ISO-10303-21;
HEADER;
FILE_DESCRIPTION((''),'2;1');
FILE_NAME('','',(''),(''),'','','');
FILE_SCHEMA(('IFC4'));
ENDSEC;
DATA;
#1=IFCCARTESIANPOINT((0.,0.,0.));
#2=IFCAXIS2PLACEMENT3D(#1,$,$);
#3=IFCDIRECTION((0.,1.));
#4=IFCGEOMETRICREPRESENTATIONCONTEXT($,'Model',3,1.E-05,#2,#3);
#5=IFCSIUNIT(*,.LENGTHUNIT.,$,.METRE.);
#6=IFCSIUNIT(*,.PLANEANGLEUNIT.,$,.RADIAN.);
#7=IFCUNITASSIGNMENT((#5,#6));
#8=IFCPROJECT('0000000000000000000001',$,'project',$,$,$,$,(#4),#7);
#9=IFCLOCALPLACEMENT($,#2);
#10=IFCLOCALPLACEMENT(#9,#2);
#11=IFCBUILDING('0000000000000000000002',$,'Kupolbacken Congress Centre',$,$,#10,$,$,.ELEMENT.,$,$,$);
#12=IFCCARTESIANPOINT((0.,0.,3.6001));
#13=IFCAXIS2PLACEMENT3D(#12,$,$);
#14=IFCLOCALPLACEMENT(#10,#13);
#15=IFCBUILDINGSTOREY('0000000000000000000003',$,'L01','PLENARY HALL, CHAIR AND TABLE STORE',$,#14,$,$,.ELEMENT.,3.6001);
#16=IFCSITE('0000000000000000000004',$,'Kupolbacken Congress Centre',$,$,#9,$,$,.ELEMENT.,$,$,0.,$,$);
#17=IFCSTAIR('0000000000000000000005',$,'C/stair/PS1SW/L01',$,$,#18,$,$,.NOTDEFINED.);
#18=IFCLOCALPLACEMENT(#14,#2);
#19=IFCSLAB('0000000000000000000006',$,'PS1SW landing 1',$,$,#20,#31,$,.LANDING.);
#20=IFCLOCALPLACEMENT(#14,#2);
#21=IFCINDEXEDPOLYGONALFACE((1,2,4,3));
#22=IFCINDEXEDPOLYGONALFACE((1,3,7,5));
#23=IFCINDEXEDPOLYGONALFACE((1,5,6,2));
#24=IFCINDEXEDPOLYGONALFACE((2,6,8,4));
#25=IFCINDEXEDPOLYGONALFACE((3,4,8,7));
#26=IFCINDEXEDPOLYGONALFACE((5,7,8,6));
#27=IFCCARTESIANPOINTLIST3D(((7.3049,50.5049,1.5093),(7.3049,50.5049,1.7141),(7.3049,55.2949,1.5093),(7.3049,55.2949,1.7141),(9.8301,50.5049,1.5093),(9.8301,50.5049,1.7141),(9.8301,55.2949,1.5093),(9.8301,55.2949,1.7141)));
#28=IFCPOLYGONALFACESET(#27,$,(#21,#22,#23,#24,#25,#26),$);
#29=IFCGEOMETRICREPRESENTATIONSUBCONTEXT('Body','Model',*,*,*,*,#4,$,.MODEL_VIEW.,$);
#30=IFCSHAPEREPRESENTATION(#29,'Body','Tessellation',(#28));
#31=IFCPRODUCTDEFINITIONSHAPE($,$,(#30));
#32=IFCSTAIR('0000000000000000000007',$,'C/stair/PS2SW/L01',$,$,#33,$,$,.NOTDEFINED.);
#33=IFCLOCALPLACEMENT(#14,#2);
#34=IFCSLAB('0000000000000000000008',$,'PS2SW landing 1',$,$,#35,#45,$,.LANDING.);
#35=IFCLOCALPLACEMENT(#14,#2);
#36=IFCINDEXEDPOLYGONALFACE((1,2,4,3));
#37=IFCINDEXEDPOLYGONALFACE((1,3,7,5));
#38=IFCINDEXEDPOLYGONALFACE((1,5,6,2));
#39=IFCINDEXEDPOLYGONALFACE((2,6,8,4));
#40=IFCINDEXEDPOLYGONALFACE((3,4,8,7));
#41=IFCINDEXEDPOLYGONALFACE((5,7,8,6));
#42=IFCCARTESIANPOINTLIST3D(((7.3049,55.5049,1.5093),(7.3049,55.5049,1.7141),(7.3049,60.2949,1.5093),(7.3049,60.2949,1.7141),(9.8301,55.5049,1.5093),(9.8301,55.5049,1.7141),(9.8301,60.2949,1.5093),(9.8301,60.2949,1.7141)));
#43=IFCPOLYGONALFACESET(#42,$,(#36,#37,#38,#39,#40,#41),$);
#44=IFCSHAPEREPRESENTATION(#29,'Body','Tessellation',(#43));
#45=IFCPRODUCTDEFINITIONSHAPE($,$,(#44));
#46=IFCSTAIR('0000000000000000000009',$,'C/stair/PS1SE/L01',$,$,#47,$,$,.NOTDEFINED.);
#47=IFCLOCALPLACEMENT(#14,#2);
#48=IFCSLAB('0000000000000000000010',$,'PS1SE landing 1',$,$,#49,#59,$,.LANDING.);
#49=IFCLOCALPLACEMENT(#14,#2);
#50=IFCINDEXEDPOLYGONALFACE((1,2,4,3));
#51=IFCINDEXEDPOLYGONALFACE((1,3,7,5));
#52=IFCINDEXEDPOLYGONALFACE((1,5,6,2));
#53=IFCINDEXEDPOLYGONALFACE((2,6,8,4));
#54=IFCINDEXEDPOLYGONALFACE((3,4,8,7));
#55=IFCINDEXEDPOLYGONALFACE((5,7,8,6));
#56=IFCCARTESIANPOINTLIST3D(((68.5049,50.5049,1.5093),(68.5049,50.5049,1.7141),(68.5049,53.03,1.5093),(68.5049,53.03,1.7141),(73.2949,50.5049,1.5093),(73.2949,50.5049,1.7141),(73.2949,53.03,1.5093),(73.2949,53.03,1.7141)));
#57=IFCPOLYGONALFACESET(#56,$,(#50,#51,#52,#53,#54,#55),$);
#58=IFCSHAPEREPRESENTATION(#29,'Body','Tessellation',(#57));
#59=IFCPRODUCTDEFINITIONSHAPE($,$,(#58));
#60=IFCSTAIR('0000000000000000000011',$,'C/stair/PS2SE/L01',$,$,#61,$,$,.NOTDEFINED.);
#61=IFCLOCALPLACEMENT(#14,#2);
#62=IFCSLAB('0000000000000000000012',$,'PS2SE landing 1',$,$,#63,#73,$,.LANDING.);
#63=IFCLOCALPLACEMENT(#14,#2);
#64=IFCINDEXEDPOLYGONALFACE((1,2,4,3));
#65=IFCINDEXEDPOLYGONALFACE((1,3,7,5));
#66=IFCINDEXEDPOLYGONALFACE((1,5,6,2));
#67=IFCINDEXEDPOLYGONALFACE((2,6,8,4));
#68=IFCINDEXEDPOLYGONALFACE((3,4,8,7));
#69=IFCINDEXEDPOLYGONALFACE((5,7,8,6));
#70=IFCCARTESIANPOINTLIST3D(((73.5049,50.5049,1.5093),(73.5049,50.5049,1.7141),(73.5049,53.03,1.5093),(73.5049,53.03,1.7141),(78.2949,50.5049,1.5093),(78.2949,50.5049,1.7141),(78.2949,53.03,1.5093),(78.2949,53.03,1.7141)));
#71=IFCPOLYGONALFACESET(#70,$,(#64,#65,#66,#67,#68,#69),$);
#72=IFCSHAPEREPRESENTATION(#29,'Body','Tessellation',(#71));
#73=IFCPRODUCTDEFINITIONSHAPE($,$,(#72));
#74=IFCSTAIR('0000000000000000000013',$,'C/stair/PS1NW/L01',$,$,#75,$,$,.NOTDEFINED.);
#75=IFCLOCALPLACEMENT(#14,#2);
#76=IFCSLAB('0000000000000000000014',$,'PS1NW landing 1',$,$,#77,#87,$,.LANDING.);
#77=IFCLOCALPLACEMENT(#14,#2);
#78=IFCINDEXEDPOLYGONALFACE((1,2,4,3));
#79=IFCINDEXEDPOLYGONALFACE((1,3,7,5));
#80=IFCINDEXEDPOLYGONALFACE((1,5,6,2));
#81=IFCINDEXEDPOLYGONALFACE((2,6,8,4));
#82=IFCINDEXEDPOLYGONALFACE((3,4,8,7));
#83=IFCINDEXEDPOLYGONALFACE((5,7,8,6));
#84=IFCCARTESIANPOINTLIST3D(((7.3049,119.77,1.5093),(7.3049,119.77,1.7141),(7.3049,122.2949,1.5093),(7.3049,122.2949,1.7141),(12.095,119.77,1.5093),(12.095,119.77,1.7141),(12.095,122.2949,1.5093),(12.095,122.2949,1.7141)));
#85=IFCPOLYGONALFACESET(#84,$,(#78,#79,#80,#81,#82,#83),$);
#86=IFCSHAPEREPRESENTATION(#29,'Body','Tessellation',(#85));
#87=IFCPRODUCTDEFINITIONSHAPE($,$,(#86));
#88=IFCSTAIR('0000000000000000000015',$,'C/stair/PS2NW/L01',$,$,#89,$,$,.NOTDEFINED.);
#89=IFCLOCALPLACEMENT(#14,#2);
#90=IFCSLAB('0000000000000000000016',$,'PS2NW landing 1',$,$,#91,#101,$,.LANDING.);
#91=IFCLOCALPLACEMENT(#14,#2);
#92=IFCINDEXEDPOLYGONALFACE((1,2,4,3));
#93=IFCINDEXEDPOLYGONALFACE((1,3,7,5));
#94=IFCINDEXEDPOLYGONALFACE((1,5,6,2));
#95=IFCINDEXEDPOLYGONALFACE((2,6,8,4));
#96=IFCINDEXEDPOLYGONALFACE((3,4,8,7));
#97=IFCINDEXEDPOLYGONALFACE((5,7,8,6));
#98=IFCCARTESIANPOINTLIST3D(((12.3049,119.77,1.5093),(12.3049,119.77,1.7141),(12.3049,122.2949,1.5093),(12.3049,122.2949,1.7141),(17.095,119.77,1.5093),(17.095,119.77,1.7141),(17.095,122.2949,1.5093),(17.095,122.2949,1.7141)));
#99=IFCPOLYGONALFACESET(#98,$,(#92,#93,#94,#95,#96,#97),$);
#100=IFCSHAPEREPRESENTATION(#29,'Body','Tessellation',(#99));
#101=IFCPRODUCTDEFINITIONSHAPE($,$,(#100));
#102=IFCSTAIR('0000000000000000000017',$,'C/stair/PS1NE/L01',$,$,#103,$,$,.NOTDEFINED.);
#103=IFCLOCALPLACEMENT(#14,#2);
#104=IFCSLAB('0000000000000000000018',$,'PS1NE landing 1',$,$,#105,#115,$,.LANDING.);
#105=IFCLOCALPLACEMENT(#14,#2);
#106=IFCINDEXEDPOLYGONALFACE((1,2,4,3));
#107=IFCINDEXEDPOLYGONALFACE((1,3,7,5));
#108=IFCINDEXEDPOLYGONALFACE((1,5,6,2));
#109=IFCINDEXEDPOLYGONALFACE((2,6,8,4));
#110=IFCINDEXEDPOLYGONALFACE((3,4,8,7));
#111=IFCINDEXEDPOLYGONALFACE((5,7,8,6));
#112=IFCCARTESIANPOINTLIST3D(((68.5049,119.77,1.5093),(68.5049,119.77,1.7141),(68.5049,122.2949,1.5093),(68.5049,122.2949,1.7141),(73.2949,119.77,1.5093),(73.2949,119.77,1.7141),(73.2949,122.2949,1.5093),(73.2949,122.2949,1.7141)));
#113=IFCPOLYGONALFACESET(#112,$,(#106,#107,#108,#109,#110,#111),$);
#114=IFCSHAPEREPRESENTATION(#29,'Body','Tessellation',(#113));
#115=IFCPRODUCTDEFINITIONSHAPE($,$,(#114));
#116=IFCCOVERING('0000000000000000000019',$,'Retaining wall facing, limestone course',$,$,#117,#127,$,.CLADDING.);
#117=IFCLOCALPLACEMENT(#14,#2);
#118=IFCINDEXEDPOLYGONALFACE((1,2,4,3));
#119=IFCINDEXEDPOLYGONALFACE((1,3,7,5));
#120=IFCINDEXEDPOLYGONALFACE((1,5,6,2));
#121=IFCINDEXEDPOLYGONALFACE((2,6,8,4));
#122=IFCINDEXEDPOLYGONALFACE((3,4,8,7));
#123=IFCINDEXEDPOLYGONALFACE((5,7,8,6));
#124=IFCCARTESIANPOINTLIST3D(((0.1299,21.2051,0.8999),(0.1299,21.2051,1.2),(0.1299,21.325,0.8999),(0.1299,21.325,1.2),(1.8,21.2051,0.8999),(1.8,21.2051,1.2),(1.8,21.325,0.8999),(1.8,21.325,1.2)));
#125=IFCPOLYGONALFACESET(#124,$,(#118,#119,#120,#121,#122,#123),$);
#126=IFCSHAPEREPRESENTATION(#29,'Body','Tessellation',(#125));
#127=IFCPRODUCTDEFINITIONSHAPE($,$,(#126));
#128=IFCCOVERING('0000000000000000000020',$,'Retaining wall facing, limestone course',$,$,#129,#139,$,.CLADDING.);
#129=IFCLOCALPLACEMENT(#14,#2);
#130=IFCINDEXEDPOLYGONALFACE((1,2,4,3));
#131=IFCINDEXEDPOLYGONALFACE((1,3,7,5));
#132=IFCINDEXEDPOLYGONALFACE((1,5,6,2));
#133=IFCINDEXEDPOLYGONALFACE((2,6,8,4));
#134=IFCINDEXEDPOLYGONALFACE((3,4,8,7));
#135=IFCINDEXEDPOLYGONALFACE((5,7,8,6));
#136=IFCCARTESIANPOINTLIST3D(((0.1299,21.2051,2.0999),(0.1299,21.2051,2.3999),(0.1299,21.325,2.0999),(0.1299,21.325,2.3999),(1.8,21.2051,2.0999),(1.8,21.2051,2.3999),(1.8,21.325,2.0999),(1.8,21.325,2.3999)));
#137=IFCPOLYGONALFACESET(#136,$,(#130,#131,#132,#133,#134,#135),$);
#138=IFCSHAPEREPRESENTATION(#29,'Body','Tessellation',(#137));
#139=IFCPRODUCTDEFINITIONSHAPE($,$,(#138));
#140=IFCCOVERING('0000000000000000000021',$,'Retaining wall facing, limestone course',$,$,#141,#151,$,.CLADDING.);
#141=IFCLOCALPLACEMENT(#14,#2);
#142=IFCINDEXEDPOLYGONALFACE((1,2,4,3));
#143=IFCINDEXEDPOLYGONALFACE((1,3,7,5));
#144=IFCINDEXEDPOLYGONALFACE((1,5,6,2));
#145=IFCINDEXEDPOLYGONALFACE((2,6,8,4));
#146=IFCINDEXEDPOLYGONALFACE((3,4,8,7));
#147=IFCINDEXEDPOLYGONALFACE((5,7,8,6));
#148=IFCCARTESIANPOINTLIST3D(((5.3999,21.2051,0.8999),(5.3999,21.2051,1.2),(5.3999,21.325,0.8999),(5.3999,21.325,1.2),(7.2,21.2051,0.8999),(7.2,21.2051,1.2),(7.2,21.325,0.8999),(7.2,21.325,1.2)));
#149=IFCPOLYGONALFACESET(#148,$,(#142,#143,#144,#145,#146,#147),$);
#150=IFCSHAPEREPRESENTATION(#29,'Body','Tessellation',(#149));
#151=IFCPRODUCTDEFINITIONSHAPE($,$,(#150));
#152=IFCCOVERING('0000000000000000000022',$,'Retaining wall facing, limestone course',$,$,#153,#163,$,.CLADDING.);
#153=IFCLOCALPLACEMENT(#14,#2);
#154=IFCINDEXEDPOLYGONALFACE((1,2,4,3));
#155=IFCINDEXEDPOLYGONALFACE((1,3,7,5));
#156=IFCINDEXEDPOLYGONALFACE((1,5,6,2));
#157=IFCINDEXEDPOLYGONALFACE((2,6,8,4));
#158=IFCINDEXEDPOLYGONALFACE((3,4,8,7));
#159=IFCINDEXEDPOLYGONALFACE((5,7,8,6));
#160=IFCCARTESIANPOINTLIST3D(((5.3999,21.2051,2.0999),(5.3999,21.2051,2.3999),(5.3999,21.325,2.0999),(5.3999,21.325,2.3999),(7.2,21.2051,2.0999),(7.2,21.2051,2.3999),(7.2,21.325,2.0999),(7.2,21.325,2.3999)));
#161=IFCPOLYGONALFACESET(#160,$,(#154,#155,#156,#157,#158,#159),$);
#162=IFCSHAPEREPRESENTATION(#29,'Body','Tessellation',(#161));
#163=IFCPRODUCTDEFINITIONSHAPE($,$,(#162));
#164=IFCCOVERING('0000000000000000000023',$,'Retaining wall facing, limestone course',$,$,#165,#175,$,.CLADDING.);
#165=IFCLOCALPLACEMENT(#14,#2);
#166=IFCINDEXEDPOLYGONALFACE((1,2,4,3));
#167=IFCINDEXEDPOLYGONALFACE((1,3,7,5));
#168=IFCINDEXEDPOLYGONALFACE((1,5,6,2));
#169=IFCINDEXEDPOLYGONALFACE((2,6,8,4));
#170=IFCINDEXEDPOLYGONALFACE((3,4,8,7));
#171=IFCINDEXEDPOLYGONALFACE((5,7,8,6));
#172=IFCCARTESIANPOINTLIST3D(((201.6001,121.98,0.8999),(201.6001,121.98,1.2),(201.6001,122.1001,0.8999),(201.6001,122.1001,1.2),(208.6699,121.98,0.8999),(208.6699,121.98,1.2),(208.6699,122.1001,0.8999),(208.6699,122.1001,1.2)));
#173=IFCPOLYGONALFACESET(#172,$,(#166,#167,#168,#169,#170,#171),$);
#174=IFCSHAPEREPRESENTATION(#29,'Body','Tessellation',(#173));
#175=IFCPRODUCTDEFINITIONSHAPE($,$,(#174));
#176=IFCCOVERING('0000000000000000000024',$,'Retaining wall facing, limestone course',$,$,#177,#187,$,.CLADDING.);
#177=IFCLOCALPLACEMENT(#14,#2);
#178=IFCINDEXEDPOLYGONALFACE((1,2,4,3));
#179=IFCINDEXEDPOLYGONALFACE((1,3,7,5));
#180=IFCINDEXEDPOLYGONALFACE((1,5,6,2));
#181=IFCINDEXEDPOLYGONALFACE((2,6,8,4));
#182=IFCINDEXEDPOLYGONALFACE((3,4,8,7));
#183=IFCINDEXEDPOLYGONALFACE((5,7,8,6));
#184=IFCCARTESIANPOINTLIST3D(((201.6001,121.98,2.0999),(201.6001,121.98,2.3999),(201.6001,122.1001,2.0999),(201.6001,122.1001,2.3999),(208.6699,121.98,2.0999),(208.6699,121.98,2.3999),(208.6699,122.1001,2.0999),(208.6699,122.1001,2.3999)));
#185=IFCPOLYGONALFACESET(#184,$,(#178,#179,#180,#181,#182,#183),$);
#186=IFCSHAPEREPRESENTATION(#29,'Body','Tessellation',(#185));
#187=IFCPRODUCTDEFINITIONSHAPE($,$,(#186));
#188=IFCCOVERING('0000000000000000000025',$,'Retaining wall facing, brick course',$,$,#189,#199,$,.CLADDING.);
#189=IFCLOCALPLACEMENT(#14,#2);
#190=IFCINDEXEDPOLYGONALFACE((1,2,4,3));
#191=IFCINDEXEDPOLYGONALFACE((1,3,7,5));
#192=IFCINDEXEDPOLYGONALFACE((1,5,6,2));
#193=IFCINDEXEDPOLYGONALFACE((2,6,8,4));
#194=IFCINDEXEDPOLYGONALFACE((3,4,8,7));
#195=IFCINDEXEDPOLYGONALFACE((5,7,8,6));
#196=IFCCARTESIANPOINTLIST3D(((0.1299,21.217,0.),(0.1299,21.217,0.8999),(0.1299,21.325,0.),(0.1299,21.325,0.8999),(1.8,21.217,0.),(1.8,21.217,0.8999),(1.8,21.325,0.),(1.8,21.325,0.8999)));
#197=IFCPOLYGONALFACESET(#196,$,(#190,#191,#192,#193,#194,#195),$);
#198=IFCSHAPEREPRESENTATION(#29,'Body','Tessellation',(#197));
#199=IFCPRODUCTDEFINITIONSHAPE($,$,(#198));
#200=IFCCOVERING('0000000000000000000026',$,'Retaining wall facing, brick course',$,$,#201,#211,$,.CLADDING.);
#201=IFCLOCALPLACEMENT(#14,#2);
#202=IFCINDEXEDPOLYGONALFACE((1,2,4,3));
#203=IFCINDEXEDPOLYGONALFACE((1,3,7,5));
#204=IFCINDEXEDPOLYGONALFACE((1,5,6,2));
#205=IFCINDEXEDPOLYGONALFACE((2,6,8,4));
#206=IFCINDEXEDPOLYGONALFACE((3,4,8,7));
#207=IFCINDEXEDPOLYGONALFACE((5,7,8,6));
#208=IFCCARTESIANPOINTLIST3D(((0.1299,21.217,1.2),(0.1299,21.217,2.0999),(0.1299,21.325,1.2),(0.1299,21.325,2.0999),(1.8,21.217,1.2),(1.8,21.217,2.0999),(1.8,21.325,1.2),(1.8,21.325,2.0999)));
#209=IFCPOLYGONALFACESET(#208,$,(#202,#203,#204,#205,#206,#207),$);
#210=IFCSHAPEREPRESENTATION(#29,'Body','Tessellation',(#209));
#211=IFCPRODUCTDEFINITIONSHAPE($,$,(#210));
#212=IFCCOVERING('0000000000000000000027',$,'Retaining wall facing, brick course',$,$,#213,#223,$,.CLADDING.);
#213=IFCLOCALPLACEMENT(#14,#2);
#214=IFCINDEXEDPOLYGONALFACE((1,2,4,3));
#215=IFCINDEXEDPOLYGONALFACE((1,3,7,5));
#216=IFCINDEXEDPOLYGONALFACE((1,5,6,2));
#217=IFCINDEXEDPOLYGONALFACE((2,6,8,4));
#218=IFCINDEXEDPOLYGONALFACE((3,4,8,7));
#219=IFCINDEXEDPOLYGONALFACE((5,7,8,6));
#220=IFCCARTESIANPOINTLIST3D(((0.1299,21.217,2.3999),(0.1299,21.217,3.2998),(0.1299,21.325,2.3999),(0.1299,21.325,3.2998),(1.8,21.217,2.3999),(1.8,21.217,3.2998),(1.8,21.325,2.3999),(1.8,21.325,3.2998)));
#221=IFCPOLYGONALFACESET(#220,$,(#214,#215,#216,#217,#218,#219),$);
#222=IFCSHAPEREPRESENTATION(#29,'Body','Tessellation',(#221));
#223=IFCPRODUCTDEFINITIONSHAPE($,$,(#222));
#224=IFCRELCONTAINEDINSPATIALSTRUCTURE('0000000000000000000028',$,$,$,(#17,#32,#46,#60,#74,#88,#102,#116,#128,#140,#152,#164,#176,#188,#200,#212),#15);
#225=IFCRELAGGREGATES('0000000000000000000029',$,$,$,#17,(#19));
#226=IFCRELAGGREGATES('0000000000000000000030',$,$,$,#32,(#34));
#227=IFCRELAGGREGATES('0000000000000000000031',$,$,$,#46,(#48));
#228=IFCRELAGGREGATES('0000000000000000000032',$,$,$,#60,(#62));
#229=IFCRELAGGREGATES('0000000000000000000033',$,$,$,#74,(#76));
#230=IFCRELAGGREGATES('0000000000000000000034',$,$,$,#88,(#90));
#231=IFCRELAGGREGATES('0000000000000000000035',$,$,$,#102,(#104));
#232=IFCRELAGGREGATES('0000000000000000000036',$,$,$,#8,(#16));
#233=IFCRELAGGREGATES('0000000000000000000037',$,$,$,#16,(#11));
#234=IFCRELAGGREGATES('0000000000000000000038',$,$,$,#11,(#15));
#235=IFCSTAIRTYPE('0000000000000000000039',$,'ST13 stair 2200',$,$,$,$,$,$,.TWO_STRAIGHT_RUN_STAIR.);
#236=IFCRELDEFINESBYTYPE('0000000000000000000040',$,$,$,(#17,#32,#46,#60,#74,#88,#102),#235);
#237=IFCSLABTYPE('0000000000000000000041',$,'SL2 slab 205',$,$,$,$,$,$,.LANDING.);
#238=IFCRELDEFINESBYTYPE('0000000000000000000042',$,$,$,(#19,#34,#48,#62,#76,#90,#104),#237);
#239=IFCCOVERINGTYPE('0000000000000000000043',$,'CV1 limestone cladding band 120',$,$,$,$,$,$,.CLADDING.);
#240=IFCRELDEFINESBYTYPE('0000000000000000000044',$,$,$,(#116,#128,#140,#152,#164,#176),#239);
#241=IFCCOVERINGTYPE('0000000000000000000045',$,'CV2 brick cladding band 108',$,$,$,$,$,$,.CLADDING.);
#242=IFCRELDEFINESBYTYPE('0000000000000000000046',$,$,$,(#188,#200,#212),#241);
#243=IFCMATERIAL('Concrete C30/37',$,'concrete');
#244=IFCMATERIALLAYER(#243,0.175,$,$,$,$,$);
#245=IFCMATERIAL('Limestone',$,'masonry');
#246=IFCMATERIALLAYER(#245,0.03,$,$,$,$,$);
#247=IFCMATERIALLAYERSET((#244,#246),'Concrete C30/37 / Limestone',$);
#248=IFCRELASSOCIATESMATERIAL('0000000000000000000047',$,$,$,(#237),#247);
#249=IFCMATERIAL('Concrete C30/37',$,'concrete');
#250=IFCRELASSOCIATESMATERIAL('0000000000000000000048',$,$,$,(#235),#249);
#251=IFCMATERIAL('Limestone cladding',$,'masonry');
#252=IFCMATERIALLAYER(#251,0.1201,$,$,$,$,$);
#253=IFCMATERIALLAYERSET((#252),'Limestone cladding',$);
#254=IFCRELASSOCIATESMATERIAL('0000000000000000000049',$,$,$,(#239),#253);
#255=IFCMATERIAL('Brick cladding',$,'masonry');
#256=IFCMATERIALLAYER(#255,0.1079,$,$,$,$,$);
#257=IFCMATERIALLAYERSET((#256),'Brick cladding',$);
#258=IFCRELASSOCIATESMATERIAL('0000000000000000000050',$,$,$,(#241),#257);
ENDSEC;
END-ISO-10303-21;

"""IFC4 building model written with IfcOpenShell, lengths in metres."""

from ifc_helpers import new_model, si_unit, direction, frame, origin, place, context, subcontext, project, spatial, polyline, outline, extrude, material, layer, layer_set, type_object, element, aggregate, save


model = new_model("IFC4")

# Units and contexts
model_context = context("Model", 3, precision=1e-05, world=origin(), true_north=direction((0.0, 1.0)))
body_context = subcontext(model_context, "Body", "Model", "MODEL_VIEW")
ifc_project = project(units=[si_unit("LENGTHUNIT", "METRE"), si_unit("PLANEANGLEUNIT", "RADIAN")], contexts=[model_context])

# Site, building, storey
site_placement = place(None, origin())
site = spatial("IfcSite", under=ifc_project, at=site_placement, Name="Kupolbacken Congress Centre", CompositionType="ELEMENT", RefElevation=0.0)
building_placement = place(site_placement, origin())
building = spatial("IfcBuilding", under=site, at=building_placement, Name="Kupolbacken Congress Centre", CompositionType="ELEMENT")
storey_placement = place(building_placement, frame((0.0, 0.0, 3.6001)))
storey = spatial("IfcBuildingStorey", under=building, at=storey_placement, Name="L01", Description="PLENARY HALL, CHAIR AND TABLE STORE", CompositionType="ELEMENT", Elevation=3.6001)

# Shared definitions
ifc_material_1 = material(Name="Concrete C30/37", Category="concrete")

# Stairs, slabs
ifc_layer_1 = layer(ifc_material_1, 0.175)
ifc_material_2 = material(Name="Limestone", Category="masonry")
ifc_layer_2 = layer(ifc_material_2, 0.03)
ifc_layer_set_1 = layer_set([ifc_layer_1, ifc_layer_2], Name="Concrete C30/37 / Limestone")
slab_type_1 = type_object("IfcSlabType", Name="SL2 slab 205", PredefinedType="LANDING", material=ifc_layer_set_1)
ifc_material_3 = material(Name="Concrete C30/37", Category="concrete")
stair_type_1 = type_object("IfcStairType", Name="ST13 stair 2200", PredefinedType="TWO_STRAIGHT_RUN_STAIR", material=ifc_material_3)
stair_1_placement = place(storey_placement, origin())
stair_1 = element("IfcStair", 1, at=stair_1_placement, inside=storey, type_object=stair_type_1, Name="C/stair/PS1SW/L01", PredefinedType="NOTDEFINED")
slab_1_placement = place(storey_placement, frame((0.0, 0.0, 1.5093)))
slab_1 = element("IfcSlab", 2, at=slab_1_placement, type_object=slab_type_1, Name="PS1SW landing 1", PredefinedType="LANDING", context=body_context, shape_type="SweptSolid", body=[
    extrude(outline(polyline([(7.3049, 50.5049), (9.8301, 50.5049), (9.8301, 55.2949), (7.3049, 55.2949), (7.3049, 50.5049)])), origin(), (0.0, 0.0, 1.0), 0.2048),
])
aggregate(stair_1, [slab_1])
stair_2_placement = place(storey_placement, origin())
stair_2 = element("IfcStair", 3, at=stair_2_placement, inside=storey, type_object=stair_type_1, Name="C/stair/PS2SW/L01", PredefinedType="NOTDEFINED")
slab_2_placement = place(storey_placement, frame((0.0, 0.0, 1.5093)))
slab_2 = element("IfcSlab", 4, at=slab_2_placement, type_object=slab_type_1, Name="PS2SW landing 1", PredefinedType="LANDING", context=body_context, shape_type="SweptSolid", body=[
    extrude(outline(polyline([(7.3049, 55.5049), (9.8301, 55.5049), (9.8301, 60.2949), (7.3049, 60.2949), (7.3049, 55.5049)])), origin(), (0.0, 0.0, 1.0), 0.2048),
])
aggregate(stair_2, [slab_2])
stair_3_placement = place(storey_placement, origin())
stair_3 = element("IfcStair", 5, at=stair_3_placement, inside=storey, type_object=stair_type_1, Name="C/stair/PS1SE/L01", PredefinedType="NOTDEFINED")
slab_3_placement = place(storey_placement, frame((0.0, 0.0, 1.5093)))
slab_3 = element("IfcSlab", 6, at=slab_3_placement, type_object=slab_type_1, Name="PS1SE landing 1", PredefinedType="LANDING", context=body_context, shape_type="SweptSolid", body=[
    extrude(outline(polyline([(68.5049, 50.5049), (73.2949, 50.5049), (73.2949, 53.03), (68.5049, 53.03), (68.5049, 50.5049)])), origin(), (0.0, 0.0, 1.0), 0.2048),
])
aggregate(stair_3, [slab_3])
stair_4_placement = place(storey_placement, origin())
stair_4 = element("IfcStair", 7, at=stair_4_placement, inside=storey, type_object=stair_type_1, Name="C/stair/PS2SE/L01", PredefinedType="NOTDEFINED")
slab_4_placement = place(storey_placement, frame((0.0, 0.0, 1.5093)))
slab_4 = element("IfcSlab", 8, at=slab_4_placement, type_object=slab_type_1, Name="PS2SE landing 1", PredefinedType="LANDING", context=body_context, shape_type="SweptSolid", body=[
    extrude(outline(polyline([(73.5049, 50.5049), (78.2949, 50.5049), (78.2949, 53.03), (73.5049, 53.03), (73.5049, 50.5049)])), origin(), (0.0, 0.0, 1.0), 0.2048),
])
aggregate(stair_4, [slab_4])
stair_5_placement = place(storey_placement, origin())
stair_5 = element("IfcStair", 9, at=stair_5_placement, inside=storey, type_object=stair_type_1, Name="C/stair/PS1NW/L01", PredefinedType="NOTDEFINED")
slab_5_placement = place(storey_placement, frame((0.0, 0.0, 1.5093)))
slab_5 = element("IfcSlab", 10, at=slab_5_placement, type_object=slab_type_1, Name="PS1NW landing 1", PredefinedType="LANDING", context=body_context, shape_type="SweptSolid", body=[
    extrude(outline(polyline([(7.3049, 119.77), (12.095, 119.77), (12.095, 122.2949), (7.3049, 122.2949), (7.3049, 119.77)])), origin(), (0.0, 0.0, 1.0), 0.2048),
])
aggregate(stair_5, [slab_5])
stair_6_placement = place(storey_placement, origin())
stair_6 = element("IfcStair", 11, at=stair_6_placement, inside=storey, type_object=stair_type_1, Name="C/stair/PS2NW/L01", PredefinedType="NOTDEFINED")
slab_6_placement = place(storey_placement, frame((0.0, 0.0, 1.5093)))
slab_6 = element("IfcSlab", 12, at=slab_6_placement, type_object=slab_type_1, Name="PS2NW landing 1", PredefinedType="LANDING", context=body_context, shape_type="SweptSolid", body=[
    extrude(outline(polyline([(12.3049, 119.77), (17.095, 119.77), (17.095, 122.2949), (12.3049, 122.2949), (12.3049, 119.77)])), origin(), (0.0, 0.0, 1.0), 0.2048),
])
aggregate(stair_6, [slab_6])
stair_7_placement = place(storey_placement, origin())
stair_7 = element("IfcStair", 13, at=stair_7_placement, inside=storey, type_object=stair_type_1, Name="C/stair/PS1NE/L01", PredefinedType="NOTDEFINED")
slab_7_placement = place(storey_placement, frame((0.0, 0.0, 1.5093)))
slab_7 = element("IfcSlab", 14, at=slab_7_placement, type_object=slab_type_1, Name="PS1NE landing 1", PredefinedType="LANDING", context=body_context, shape_type="SweptSolid", body=[
    extrude(outline(polyline([(68.5049, 119.77), (73.2949, 119.77), (73.2949, 122.2949), (68.5049, 122.2949), (68.5049, 119.77)])), origin(), (0.0, 0.0, 1.0), 0.2048),
])
aggregate(stair_7, [slab_7])

# Coverings
ifc_material_4 = material(Name="Limestone cladding", Category="masonry")
ifc_layer_3 = layer(ifc_material_4, 0.1201)
ifc_layer_set_2 = layer_set([ifc_layer_3], Name="Limestone cladding")
covering_type_1 = type_object("IfcCoveringType", Name="CV1 limestone cladding band 120", PredefinedType="CLADDING", material=ifc_layer_set_2)
for number, where, name in (
    (15, (0.0, 0.0, 0.8999), "Retaining wall facing, limestone course"),
    (16, (0.0, 0.0, 2.0999), "Retaining wall facing, limestone course"),
):
    element("IfcCovering", number, at=place(storey_placement, frame(where)), inside=storey, type_object=covering_type_1, Name=name, PredefinedType="CLADDING", context=body_context, shape_type="SweptSolid", body=[
        extrude(outline(polyline([(0.1299, 21.2051), (0.1299, 21.325), (1.8, 21.325), (1.8, 21.2051), (0.1299, 21.2051)])), origin(), (0.0, 0.0, 1.0), 0.3),
    ])
for number, where, name in (
    (17, (0.0, 0.0, 0.8999), "Retaining wall facing, limestone course"),
    (18, (0.0, 0.0, 2.0999), "Retaining wall facing, limestone course"),
):
    element("IfcCovering", number, at=place(storey_placement, frame(where)), inside=storey, type_object=covering_type_1, Name=name, PredefinedType="CLADDING", context=body_context, shape_type="SweptSolid", body=[
        extrude(outline(polyline([(5.3999, 21.2051), (5.3999, 21.325), (7.2, 21.325), (7.2, 21.2051), (5.3999, 21.2051)])), origin(), (0.0, 0.0, 1.0), 0.3),
    ])
for number, where, name in (
    (19, (0.0, 0.0, 0.8999), "Retaining wall facing, limestone course"),
    (20, (0.0, 0.0, 2.0999), "Retaining wall facing, limestone course"),
):
    element("IfcCovering", number, at=place(storey_placement, frame(where)), inside=storey, type_object=covering_type_1, Name=name, PredefinedType="CLADDING", context=body_context, shape_type="SweptSolid", body=[
        extrude(outline(polyline([(201.6001, 121.98), (201.6001, 122.1001), (208.6699, 122.1001), (208.6699, 121.98), (201.6001, 121.98)])), origin(), (0.0, 0.0, 1.0), 0.3),
    ])
ifc_material_5 = material(Name="Brick cladding", Category="masonry")
ifc_layer_4 = layer(ifc_material_5, 0.1079)
ifc_layer_set_3 = layer_set([ifc_layer_4], Name="Brick cladding")
covering_type_2 = type_object("IfcCoveringType", Name="CV2 brick cladding band 108", PredefinedType="CLADDING", material=ifc_layer_set_3)
for number, where, name in (
    (21, (0.0, 0.0, 0.0), "Retaining wall facing, brick course"),
    (22, (0.0, 0.0, 1.2), "Retaining wall facing, brick course"),
    (23, (0.0, 0.0, 2.3999), "Retaining wall facing, brick course"),
):
    element("IfcCovering", number, at=place(storey_placement, frame(where)), inside=storey, type_object=covering_type_2, Name=name, PredefinedType="CLADDING", context=body_context, shape_type="SweptSolid", body=[
        extrude(outline(polyline([(0.1299, 21.217), (0.1299, 21.325), (1.8, 21.325), (1.8, 21.217), (0.1299, 21.217)])), origin(), (0.0, 0.0, 1.0), 0.8999),
    ])

save(model, "model.ifc")
